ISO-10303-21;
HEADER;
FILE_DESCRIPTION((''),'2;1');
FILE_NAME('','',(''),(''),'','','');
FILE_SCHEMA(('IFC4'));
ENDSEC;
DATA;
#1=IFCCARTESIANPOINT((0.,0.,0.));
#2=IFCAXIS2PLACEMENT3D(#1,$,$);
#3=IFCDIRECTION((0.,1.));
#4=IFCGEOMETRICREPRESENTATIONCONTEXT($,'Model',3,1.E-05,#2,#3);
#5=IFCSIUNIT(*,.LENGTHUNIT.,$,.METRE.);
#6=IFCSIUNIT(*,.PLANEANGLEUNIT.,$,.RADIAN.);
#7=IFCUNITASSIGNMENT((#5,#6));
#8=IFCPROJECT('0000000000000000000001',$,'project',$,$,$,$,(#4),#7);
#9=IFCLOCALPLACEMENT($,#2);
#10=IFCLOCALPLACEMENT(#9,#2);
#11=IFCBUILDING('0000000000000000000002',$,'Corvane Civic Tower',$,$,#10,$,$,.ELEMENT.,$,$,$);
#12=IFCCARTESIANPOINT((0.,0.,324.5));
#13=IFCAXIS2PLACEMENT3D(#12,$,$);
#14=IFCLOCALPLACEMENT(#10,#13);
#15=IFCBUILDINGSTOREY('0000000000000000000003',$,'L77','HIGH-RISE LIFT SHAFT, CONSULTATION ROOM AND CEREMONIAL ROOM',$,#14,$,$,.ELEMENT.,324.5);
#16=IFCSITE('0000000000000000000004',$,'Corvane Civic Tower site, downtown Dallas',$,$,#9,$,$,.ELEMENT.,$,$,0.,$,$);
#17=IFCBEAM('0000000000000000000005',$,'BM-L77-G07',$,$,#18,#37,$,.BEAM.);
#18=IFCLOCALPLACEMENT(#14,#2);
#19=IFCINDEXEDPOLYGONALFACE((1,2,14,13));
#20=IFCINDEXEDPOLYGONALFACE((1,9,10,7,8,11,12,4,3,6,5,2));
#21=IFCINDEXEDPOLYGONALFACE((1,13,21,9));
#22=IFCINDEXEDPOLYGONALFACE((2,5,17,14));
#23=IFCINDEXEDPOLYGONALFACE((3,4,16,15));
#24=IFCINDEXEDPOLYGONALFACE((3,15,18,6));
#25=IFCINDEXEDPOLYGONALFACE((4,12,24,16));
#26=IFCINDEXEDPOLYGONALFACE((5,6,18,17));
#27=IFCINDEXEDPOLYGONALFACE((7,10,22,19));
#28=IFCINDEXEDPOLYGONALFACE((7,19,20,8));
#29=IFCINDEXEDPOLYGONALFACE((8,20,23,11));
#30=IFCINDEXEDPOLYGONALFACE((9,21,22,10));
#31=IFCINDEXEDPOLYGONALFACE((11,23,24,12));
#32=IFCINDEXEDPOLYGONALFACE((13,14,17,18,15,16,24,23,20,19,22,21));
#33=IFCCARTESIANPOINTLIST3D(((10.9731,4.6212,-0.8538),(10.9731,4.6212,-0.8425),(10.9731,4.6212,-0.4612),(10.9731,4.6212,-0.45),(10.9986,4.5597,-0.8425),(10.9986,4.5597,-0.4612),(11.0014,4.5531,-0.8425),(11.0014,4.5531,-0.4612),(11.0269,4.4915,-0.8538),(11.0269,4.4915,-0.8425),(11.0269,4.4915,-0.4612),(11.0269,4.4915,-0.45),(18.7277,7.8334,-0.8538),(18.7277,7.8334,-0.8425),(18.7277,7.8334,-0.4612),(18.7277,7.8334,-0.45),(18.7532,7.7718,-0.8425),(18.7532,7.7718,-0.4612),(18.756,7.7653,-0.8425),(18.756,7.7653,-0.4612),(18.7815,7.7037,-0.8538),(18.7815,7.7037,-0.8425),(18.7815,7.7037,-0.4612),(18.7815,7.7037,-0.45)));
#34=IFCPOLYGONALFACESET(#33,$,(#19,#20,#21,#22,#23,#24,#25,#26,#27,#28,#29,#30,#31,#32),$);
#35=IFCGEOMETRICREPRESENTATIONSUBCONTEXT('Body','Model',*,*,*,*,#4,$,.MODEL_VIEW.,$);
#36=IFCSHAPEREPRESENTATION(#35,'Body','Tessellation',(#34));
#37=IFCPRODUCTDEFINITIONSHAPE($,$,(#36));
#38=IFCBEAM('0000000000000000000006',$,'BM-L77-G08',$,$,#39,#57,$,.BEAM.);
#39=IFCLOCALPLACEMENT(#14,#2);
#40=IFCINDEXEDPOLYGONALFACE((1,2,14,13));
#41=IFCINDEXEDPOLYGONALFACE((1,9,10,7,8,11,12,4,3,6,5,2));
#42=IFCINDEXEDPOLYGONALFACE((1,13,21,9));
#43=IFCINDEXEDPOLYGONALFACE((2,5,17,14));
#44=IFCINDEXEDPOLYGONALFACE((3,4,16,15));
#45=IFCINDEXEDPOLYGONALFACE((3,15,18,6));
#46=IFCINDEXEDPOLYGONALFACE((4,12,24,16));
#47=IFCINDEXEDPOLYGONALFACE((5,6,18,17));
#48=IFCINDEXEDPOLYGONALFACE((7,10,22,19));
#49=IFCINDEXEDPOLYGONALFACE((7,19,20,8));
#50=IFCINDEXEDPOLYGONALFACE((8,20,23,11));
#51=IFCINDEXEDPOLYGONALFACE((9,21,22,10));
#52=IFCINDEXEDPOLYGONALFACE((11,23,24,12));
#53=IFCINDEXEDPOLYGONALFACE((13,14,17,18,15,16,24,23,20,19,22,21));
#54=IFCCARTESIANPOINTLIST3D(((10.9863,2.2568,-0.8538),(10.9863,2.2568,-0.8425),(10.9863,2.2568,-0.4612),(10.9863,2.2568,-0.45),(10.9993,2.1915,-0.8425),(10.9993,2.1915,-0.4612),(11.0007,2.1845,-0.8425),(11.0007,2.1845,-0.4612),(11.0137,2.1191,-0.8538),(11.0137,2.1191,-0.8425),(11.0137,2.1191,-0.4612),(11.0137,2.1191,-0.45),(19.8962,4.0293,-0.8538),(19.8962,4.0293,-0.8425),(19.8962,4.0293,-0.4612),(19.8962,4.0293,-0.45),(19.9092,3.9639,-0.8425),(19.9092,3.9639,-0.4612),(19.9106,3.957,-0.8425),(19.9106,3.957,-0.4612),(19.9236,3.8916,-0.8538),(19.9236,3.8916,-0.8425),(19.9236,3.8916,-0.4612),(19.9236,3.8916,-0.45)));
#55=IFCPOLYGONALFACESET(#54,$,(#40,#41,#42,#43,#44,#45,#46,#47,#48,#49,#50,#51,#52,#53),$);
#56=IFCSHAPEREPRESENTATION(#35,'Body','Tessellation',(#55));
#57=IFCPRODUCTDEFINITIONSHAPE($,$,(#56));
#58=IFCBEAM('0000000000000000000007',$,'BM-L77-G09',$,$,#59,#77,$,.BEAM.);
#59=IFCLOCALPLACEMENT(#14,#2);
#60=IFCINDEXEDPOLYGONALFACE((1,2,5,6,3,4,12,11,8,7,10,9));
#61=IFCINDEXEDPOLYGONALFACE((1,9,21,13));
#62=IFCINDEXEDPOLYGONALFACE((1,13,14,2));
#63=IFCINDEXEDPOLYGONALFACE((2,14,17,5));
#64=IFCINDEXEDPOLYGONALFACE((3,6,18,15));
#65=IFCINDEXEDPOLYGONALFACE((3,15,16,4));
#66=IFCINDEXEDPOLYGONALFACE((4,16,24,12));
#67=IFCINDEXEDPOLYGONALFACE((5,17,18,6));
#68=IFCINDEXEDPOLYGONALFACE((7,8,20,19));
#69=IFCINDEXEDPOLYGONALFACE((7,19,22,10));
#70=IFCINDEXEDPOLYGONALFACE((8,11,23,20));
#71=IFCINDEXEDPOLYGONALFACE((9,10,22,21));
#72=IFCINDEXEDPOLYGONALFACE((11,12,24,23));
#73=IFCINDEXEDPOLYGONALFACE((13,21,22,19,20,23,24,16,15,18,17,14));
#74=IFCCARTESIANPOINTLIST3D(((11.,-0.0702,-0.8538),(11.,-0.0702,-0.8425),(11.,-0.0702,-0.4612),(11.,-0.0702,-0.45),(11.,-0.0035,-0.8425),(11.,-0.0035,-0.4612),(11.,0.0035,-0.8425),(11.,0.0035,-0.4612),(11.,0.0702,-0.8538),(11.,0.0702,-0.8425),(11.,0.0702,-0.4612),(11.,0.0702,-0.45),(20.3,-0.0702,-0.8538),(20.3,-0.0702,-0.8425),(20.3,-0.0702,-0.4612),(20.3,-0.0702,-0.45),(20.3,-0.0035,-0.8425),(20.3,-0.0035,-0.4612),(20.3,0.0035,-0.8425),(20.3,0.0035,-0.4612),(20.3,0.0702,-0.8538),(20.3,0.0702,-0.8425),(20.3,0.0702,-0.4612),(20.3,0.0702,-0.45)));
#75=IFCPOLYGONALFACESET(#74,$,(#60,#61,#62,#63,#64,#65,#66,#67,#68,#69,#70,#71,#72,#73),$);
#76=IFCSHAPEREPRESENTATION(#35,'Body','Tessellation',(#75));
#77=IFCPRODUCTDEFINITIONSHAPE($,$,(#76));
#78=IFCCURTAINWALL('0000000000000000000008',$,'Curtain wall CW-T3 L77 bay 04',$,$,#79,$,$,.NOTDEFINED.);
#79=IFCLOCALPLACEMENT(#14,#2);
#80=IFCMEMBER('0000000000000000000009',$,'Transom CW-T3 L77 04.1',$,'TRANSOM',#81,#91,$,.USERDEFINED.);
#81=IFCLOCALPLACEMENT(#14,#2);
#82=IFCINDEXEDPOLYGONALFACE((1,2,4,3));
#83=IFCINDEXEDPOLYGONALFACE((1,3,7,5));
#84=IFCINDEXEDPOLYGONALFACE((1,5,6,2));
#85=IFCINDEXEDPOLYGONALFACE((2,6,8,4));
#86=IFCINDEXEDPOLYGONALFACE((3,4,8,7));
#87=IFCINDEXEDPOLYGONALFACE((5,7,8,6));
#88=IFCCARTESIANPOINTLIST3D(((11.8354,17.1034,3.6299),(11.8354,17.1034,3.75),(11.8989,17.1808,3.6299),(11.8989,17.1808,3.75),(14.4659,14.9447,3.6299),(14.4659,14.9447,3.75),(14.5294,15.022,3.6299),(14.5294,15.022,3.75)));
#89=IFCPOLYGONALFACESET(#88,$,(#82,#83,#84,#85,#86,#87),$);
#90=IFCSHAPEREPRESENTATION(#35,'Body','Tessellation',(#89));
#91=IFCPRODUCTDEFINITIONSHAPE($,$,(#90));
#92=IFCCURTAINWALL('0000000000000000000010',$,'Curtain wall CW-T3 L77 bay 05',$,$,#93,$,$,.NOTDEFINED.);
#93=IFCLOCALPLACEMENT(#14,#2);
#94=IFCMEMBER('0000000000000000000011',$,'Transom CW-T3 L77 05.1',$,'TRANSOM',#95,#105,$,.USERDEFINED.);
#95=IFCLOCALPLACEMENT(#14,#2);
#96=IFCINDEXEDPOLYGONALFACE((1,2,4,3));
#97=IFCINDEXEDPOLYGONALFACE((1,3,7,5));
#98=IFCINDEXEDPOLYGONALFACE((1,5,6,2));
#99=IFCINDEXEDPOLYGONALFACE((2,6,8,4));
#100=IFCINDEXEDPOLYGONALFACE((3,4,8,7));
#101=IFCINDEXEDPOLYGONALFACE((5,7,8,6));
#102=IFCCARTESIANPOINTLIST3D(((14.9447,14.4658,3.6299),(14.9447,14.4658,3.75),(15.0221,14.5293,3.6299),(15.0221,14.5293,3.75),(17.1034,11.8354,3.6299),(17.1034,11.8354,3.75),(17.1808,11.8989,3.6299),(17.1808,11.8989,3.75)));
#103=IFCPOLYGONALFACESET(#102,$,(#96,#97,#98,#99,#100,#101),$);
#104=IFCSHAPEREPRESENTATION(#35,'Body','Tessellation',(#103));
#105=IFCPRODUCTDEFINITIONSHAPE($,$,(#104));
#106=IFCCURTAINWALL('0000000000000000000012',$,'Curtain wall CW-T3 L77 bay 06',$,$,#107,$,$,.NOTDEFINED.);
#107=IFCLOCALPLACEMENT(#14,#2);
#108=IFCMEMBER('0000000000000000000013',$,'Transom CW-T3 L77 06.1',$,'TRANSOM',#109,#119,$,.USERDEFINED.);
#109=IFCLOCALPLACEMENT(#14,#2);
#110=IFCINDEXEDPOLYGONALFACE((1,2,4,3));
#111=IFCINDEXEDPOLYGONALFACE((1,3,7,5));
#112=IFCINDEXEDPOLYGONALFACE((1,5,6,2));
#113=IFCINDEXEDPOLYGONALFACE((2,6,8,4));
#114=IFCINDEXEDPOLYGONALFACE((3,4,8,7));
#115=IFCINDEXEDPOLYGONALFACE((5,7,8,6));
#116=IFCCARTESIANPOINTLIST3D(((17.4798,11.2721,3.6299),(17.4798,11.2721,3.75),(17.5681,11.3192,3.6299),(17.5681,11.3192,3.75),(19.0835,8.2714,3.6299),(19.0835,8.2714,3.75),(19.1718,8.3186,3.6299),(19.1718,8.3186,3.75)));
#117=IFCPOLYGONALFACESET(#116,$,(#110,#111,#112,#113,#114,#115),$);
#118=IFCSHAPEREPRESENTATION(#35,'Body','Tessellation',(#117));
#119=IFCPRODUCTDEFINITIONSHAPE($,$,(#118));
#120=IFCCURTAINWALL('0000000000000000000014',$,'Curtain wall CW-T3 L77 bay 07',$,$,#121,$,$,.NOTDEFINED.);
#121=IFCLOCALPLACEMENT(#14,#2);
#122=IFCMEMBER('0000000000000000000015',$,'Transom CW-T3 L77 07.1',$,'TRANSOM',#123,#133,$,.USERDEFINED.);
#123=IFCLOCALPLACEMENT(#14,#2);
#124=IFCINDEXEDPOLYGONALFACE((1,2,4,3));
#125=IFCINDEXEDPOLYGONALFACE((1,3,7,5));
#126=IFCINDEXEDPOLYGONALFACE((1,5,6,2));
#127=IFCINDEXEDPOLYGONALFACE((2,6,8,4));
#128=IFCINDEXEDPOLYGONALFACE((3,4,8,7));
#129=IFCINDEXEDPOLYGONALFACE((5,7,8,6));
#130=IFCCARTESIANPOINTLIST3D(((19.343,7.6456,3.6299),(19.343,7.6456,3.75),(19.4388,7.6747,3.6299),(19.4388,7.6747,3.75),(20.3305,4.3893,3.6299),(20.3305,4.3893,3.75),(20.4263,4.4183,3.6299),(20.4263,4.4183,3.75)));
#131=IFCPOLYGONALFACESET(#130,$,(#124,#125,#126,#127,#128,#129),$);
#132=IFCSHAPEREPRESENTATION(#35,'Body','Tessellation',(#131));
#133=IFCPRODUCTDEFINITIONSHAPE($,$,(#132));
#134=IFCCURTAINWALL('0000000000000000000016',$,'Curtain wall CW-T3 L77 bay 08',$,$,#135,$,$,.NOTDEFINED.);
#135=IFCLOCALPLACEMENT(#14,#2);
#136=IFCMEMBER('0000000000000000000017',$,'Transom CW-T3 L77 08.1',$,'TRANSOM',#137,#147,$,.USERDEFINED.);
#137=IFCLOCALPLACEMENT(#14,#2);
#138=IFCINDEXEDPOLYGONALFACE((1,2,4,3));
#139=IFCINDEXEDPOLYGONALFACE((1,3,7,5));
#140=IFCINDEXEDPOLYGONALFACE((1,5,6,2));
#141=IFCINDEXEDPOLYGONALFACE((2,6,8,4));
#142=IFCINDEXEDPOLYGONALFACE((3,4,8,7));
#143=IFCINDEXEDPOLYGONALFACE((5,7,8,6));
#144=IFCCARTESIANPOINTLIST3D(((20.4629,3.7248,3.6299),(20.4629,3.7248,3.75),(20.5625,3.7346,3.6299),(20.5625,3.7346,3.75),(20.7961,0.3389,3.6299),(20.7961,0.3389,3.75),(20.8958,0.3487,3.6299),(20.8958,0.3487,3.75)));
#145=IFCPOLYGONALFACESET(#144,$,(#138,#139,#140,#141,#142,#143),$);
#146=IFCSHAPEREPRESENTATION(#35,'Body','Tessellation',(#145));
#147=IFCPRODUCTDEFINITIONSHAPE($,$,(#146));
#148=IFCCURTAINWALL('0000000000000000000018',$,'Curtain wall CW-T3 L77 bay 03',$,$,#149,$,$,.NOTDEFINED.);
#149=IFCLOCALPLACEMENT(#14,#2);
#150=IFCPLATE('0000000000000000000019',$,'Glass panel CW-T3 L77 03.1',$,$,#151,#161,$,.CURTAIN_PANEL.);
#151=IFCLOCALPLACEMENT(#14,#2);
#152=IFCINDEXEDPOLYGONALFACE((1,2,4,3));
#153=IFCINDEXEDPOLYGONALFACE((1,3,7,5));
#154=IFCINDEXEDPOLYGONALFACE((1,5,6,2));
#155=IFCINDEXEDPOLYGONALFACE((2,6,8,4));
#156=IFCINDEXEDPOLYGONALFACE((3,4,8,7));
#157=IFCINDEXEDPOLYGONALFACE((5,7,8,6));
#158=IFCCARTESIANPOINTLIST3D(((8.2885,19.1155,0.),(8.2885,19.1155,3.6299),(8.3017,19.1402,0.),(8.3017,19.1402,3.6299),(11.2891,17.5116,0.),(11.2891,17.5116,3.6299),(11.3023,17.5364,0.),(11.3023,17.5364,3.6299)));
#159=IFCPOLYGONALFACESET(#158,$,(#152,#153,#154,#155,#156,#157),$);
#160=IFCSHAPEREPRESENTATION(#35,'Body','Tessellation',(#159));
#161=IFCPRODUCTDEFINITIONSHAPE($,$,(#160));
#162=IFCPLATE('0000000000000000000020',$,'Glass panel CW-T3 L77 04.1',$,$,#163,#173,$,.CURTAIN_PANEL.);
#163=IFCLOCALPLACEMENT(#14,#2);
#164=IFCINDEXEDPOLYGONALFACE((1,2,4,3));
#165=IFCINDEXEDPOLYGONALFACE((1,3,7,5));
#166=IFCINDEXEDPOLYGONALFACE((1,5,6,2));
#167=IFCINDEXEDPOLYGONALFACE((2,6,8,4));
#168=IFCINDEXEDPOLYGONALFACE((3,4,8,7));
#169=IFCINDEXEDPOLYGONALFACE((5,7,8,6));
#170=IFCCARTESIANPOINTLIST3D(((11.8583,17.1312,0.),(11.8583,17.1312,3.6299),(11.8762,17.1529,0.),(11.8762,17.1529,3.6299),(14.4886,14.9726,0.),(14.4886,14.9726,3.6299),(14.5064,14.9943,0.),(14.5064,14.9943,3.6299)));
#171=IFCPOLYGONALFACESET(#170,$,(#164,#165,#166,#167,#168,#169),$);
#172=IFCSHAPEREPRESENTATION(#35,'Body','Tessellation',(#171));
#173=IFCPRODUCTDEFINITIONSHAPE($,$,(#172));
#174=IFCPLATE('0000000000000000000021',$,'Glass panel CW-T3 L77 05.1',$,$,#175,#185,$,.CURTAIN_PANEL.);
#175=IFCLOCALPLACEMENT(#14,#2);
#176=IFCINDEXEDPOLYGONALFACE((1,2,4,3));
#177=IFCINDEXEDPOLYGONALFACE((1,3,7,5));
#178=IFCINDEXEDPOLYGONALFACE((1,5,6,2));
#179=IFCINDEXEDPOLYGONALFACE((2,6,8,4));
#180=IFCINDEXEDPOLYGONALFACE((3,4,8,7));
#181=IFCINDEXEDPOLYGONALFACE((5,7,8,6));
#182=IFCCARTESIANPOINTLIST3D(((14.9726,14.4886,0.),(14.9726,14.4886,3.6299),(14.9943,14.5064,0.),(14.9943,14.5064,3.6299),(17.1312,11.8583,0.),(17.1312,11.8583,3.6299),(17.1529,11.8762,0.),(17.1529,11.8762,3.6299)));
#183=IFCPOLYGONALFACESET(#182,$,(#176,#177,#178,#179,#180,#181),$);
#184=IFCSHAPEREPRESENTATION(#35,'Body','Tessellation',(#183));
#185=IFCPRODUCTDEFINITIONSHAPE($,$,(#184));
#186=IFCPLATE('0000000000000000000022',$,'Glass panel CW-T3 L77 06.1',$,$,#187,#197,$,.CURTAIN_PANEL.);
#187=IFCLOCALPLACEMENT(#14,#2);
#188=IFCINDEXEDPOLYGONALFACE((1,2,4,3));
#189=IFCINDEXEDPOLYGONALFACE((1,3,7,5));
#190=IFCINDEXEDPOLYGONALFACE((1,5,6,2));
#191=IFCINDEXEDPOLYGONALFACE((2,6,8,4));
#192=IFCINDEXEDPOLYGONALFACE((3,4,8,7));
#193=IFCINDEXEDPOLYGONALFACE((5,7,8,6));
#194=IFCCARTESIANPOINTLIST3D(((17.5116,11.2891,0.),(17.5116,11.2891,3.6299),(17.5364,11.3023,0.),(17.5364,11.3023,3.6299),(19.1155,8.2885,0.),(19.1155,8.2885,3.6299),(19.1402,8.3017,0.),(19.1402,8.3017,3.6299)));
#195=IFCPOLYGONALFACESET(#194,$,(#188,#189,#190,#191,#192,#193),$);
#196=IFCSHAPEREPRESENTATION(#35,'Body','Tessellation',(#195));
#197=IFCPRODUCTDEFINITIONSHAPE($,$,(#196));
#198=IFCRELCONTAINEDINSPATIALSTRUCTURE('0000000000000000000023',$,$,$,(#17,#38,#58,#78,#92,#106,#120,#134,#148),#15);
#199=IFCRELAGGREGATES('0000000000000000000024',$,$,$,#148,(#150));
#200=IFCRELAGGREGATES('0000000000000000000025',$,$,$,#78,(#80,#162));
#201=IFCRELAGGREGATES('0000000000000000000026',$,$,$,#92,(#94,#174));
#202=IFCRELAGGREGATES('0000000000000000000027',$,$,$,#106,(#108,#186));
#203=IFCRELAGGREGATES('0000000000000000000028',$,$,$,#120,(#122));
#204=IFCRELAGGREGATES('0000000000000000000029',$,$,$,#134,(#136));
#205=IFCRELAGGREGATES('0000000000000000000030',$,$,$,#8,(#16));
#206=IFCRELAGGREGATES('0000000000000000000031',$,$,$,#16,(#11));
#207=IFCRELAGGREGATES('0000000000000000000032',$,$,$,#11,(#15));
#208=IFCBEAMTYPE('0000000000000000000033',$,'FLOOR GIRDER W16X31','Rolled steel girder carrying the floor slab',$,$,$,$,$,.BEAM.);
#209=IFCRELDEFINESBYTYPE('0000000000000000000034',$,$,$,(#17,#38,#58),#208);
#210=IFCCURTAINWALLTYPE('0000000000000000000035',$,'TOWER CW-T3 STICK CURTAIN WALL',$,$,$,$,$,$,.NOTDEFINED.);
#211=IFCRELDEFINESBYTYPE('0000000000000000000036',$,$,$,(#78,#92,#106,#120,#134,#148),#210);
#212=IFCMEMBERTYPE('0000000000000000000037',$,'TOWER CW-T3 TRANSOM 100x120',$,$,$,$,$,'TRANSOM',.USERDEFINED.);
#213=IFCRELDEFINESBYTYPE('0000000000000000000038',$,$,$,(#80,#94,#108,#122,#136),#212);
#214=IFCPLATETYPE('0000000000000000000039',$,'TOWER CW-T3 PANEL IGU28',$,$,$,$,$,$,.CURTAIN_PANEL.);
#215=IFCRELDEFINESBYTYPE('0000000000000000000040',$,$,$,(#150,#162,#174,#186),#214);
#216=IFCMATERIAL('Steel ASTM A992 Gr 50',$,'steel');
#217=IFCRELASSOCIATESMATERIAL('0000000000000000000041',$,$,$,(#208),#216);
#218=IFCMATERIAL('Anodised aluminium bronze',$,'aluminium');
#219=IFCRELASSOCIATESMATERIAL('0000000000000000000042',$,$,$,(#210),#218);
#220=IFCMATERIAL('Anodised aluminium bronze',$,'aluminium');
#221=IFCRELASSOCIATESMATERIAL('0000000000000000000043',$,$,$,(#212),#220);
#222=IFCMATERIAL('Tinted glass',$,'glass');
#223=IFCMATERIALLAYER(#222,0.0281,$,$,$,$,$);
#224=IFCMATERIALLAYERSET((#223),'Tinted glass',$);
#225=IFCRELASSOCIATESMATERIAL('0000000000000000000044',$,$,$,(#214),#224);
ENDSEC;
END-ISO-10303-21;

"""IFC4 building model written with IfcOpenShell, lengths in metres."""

from ifc_helpers import new_model, si_unit, direction, frame, origin, origin_2d, place, context, subcontext, project, spatial, rectangle, i_section, extrude, material, layer, layer_set, material_profile, profile_set, type_object, element, aggregate, save


model = new_model("IFC4")

# Units and contexts
model_context = context("Model", 3, precision=1e-05, world=origin(), true_north=direction((0.0, 1.0)))
body_context = subcontext(model_context, "Body", "Model", "MODEL_VIEW")
ifc_project = project(units=[si_unit("LENGTHUNIT", "METRE"), si_unit("PLANEANGLEUNIT", "RADIAN")], contexts=[model_context])

# Site, building, storey
site_placement = place(None, origin())
site = spatial("IfcSite", under=ifc_project, at=site_placement, Name="Corvane Civic Tower site, downtown Dallas", CompositionType="ELEMENT", RefElevation=0.0)
building_placement = place(site_placement, origin())
building = spatial("IfcBuilding", under=site, at=building_placement, Name="Corvane Civic Tower", CompositionType="ELEMENT")
storey_placement = place(building_placement, frame((0.0, 0.0, 324.5)))
storey = spatial("IfcBuildingStorey", under=building, at=storey_placement, Name="L77", Description="HIGH-RISE LIFT SHAFT, CONSULTATION ROOM AND CEREMONIAL ROOM", CompositionType="ELEMENT", Elevation=324.5)

# Beams
ifc_material_1 = material(Name="Steel ASTM A992 Gr 50", Category="steel")
ifc_material_profile_1 = material_profile(ifc_material_1, i_section(OverallWidth=0.1404, OverallDepth=0.4038, WebThickness=0.0071, FlangeThickness=0.0112, at=origin_2d()), Name="W16X31")
ifc_profile_set_1 = profile_set([ifc_material_profile_1], Name="Steel ASTM A992 Gr 50")
beam_type_1 = type_object("IfcBeamType", Name="FLOOR GIRDER W16X31", Description="Rolled steel girder carrying the floor slab", PredefinedType="BEAM", material=ifc_profile_set_1)
beam_1_placement = place(storey_placement, frame((11.0, 4.5564, -0.6519), z_axis=(0.923876, 0.382692, 0.0), x_axis=(-0.382692, 0.923876, 0.0)))
element("IfcBeam", 1, at=beam_1_placement, inside=storey, type_object=beam_type_1, Name="BM-L77-G07", PredefinedType="BEAM", context=body_context, shape_type="SweptSolid", body=[
    extrude(i_section(OverallWidth=0.1404, OverallDepth=0.4038, WebThickness=0.0071, FlangeThickness=0.0112, at=origin_2d()), origin(), (0.0, 0.0, 1.0), 8.3936),
])
beam_2_placement = place(storey_placement, frame((11.0, 2.188, -0.6519), z_axis=(0.980782, 0.195108, 0.0), x_axis=(-0.195108, 0.980782, 0.0)))
element("IfcBeam", 2, at=beam_2_placement, inside=storey, type_object=beam_type_1, Name="BM-L77-G08", PredefinedType="BEAM", context=body_context, shape_type="SweptSolid", body=[
    extrude(i_section(OverallWidth=0.1404, OverallDepth=0.4038, WebThickness=0.0071, FlangeThickness=0.0112, at=origin_2d()), origin(), (0.0, 0.0, 1.0), 9.0845),
])
beam_3_placement = place(storey_placement, frame((11.0, 0.0, -0.6519), z_axis=(1.0, 0.0, 0.0), x_axis=(0.0, 1.0, 0.0)))
element("IfcBeam", 3, at=beam_3_placement, inside=storey, type_object=beam_type_1, Name="BM-L77-G09", PredefinedType="BEAM", context=body_context, shape_type="SweptSolid", body=[
    extrude(i_section(OverallWidth=0.1404, OverallDepth=0.4038, WebThickness=0.0071, FlangeThickness=0.0112, at=origin_2d()), origin(), (0.0, 0.0, 1.0), 9.3),
])

# Curtain walls, members
ifc_material_2 = material(Name="Anodised aluminium bronze", Category="aluminium")
curtain_wall_type = type_object("IfcCurtainWallType", Name="TOWER CW-T3 STICK CURTAIN WALL", PredefinedType="NOTDEFINED", material=ifc_material_2)
curtain_wall_1_placement = place(storey_placement, origin())
curtain_wall_1 = element("IfcCurtainWall", 4, at=curtain_wall_1_placement, inside=storey, type_object=curtain_wall_type, Name="Curtain wall CW-T3 L77 bay 04", PredefinedType="NOTDEFINED")
ifc_material_3 = material(Name="Anodised aluminium bronze", Category="aluminium")
ifc_material_profile_2 = material_profile(ifc_material_3, rectangle(XDim=0.1001, YDim=0.1201, at=origin_2d()), Name="TOWER CW-T3 TRANSOM 100x120")
ifc_profile_set_2 = profile_set([ifc_material_profile_2], Name="Anodised aluminium bronze")
member_type = type_object("IfcMemberType", Name="TOWER CW-T3 TRANSOM 100x120", ElementType="TRANSOM", PredefinedType="USERDEFINED", material=ifc_profile_set_2)
member_1_placement = place(storey_placement, frame((11.8672, 17.1421, 3.6899), z_axis=(0.77301, -0.634394, 0.0), x_axis=(0.634394, 0.77301, 0.0)))
member_1 = element("IfcMember", 5, at=member_1_placement, type_object=member_type, Name="Transom CW-T3 L77 04.1", ObjectType="TRANSOM", PredefinedType="USERDEFINED", context=body_context, shape_type="SweptSolid", body=[
    extrude(rectangle(XDim=0.1001, YDim=0.1201, at=origin_2d()), origin(), (0.0, 0.0, 1.0), 3.4028),
])
curtain_wall_2_placement = place(storey_placement, origin())
curtain_wall_2 = element("IfcCurtainWall", 6, at=curtain_wall_2_placement, inside=storey, type_object=curtain_wall_type, Name="Curtain wall CW-T3 L77 bay 05", PredefinedType="NOTDEFINED")
member_2_placement = place(storey_placement, frame((14.9834, 14.4976, 3.6899), z_axis=(0.634394, -0.77301, 0.0), x_axis=(0.77301, 0.634394, 0.0)))
member_2 = element("IfcMember", 7, at=member_2_placement, type_object=member_type, Name="Transom CW-T3 L77 05.1", ObjectType="TRANSOM", PredefinedType="USERDEFINED", context=body_context, shape_type="SweptSolid", body=[
    extrude(rectangle(XDim=0.1001, YDim=0.1201, at=origin_2d()), origin(), (0.0, 0.0, 1.0), 3.4028),
])
curtain_wall_3_placement = place(storey_placement, origin())
curtain_wall_3 = element("IfcCurtainWall", 8, at=curtain_wall_3_placement, inside=storey, type_object=curtain_wall_type, Name="Curtain wall CW-T3 L77 bay 06", PredefinedType="NOTDEFINED")
member_3_placement = place(storey_placement, frame((17.5239, 11.2957, 3.6899), z_axis=(0.471359, -0.881941, 0.0), x_axis=(0.881941, 0.471359, 0.0)))
member_3 = element("IfcMember", 9, at=member_3_placement, type_object=member_type, Name="Transom CW-T3 L77 06.1", ObjectType="TRANSOM", PredefinedType="USERDEFINED", context=body_context, shape_type="SweptSolid", body=[
    extrude(rectangle(XDim=0.1001, YDim=0.1201, at=origin_2d()), origin(), (0.0, 0.0, 1.0), 3.4023),
])
curtain_wall_4_placement = place(storey_placement, origin())
curtain_wall_4 = element("IfcCurtainWall", 10, at=curtain_wall_4_placement, inside=storey, type_object=curtain_wall_type, Name="Curtain wall CW-T3 L77 bay 07", PredefinedType="NOTDEFINED")
member_4_placement = place(storey_placement, frame((19.3909, 7.6602, 3.6899), z_axis=(0.290216, -0.956961, 0.0), x_axis=(0.956961, 0.290216, 0.0)))
member_4 = element("IfcMember", 11, at=member_4_placement, type_object=member_type, Name="Transom CW-T3 L77 07.1", ObjectType="TRANSOM", PredefinedType="USERDEFINED", context=body_context, shape_type="SweptSolid", body=[
    extrude(rectangle(XDim=0.1001, YDim=0.1201, at=origin_2d()), origin(), (0.0, 0.0, 1.0), 3.4028),
])
curtain_wall_5_placement = place(storey_placement, origin())
curtain_wall_5 = element("IfcCurtainWall", 12, at=curtain_wall_5_placement, inside=storey, type_object=curtain_wall_type, Name="Curtain wall CW-T3 L77 bay 08", PredefinedType="NOTDEFINED")
member_5_placement = place(storey_placement, frame((20.5127, 3.7297, 3.6899), z_axis=(0.097948, -0.995192, 0.0), x_axis=(0.995192, 0.097948, 0.0)))
member_5 = element("IfcMember", 13, at=member_5_placement, type_object=member_type, Name="Transom CW-T3 L77 08.1", ObjectType="TRANSOM", PredefinedType="USERDEFINED", context=body_context, shape_type="SweptSolid", body=[
    extrude(rectangle(XDim=0.1001, YDim=0.1201, at=origin_2d()), origin(), (0.0, 0.0, 1.0), 3.4023),
])

# Curtain wall, plate
curtain_wall_6_placement = place(storey_placement, origin())
curtain_wall_6 = element("IfcCurtainWall", 14, at=curtain_wall_6_placement, inside=storey, type_object=curtain_wall_type, Name="Curtain wall CW-T3 L77 bay 03", PredefinedType="NOTDEFINED")
ifc_material_4 = material(Name="Tinted glass", Category="glass")
ifc_layer_1 = layer(ifc_material_4, 0.0281)
ifc_layer_set_1 = layer_set([ifc_layer_1], Name="Tinted glass")
plate_type = type_object("IfcPlateType", Name="TOWER CW-T3 PANEL IGU28", PredefinedType="CURTAIN_PANEL", material=ifc_layer_set_1)
plate_1_placement = place(storey_placement, frame((9.7954, 18.3259, 0.0), z_axis=(0.0, 0.0, 1.0), x_axis=(0.881928, -0.471384, 0.0)))
plate_1 = element("IfcPlate", 15, at=plate_1_placement, type_object=plate_type, Name="Glass panel CW-T3 L77 03.1", PredefinedType="CURTAIN_PANEL", context=body_context, shape_type="SweptSolid", body=[
    extrude(rectangle(XDim=3.4023, YDim=0.0281, at=origin_2d()), origin(), (0.0, 0.0, 1.0), 3.6299),
])
aggregate(curtain_wall_6, [plate_1])

# Plates
plate_2_placement = place(storey_placement, frame((13.1824, 16.0627, 0.0), z_axis=(0.0, 0.0, 1.0), x_axis=(0.77301, -0.634393, 0.0)))
plate_2 = element("IfcPlate", 16, at=plate_2_placement, type_object=plate_type, Name="Glass panel CW-T3 L77 04.1", PredefinedType="CURTAIN_PANEL", context=body_context, shape_type="SweptSolid", body=[
    extrude(rectangle(XDim=3.4026, YDim=0.0281, at=origin_2d()), origin(), (0.0, 0.0, 1.0), 3.6299),
])
aggregate(curtain_wall_1, [member_1, plate_2])
plate_3_placement = place(storey_placement, frame((16.0627, 13.1824, 0.0), z_axis=(0.0, 0.0, 1.0), x_axis=(0.634393, -0.77301, 0.0)))
plate_3 = element("IfcPlate", 17, at=plate_3_placement, type_object=plate_type, Name="Glass panel CW-T3 L77 05.1", PredefinedType="CURTAIN_PANEL", context=body_context, shape_type="SweptSolid", body=[
    extrude(rectangle(XDim=3.4026, YDim=0.0281, at=origin_2d()), origin(), (0.0, 0.0, 1.0), 3.6299),
])
aggregate(curtain_wall_2, [member_2, plate_3])
plate_4_placement = place(storey_placement, frame((18.3259, 9.7954, 0.0), z_axis=(0.0, 0.0, 1.0), x_axis=(0.471384, -0.881928, 0.0)))
plate_4 = element("IfcPlate", 18, at=plate_4_placement, type_object=plate_type, Name="Glass panel CW-T3 L77 06.1", PredefinedType="CURTAIN_PANEL", context=body_context, shape_type="SweptSolid", body=[
    extrude(rectangle(XDim=3.4023, YDim=0.0281, at=origin_2d()), origin(), (0.0, 0.0, 1.0), 3.6299),
])
aggregate(curtain_wall_3, [member_3, plate_4])
aggregate(curtain_wall_4, [member_4])
aggregate(curtain_wall_5, [member_5])

save(model, "model.ifc")
